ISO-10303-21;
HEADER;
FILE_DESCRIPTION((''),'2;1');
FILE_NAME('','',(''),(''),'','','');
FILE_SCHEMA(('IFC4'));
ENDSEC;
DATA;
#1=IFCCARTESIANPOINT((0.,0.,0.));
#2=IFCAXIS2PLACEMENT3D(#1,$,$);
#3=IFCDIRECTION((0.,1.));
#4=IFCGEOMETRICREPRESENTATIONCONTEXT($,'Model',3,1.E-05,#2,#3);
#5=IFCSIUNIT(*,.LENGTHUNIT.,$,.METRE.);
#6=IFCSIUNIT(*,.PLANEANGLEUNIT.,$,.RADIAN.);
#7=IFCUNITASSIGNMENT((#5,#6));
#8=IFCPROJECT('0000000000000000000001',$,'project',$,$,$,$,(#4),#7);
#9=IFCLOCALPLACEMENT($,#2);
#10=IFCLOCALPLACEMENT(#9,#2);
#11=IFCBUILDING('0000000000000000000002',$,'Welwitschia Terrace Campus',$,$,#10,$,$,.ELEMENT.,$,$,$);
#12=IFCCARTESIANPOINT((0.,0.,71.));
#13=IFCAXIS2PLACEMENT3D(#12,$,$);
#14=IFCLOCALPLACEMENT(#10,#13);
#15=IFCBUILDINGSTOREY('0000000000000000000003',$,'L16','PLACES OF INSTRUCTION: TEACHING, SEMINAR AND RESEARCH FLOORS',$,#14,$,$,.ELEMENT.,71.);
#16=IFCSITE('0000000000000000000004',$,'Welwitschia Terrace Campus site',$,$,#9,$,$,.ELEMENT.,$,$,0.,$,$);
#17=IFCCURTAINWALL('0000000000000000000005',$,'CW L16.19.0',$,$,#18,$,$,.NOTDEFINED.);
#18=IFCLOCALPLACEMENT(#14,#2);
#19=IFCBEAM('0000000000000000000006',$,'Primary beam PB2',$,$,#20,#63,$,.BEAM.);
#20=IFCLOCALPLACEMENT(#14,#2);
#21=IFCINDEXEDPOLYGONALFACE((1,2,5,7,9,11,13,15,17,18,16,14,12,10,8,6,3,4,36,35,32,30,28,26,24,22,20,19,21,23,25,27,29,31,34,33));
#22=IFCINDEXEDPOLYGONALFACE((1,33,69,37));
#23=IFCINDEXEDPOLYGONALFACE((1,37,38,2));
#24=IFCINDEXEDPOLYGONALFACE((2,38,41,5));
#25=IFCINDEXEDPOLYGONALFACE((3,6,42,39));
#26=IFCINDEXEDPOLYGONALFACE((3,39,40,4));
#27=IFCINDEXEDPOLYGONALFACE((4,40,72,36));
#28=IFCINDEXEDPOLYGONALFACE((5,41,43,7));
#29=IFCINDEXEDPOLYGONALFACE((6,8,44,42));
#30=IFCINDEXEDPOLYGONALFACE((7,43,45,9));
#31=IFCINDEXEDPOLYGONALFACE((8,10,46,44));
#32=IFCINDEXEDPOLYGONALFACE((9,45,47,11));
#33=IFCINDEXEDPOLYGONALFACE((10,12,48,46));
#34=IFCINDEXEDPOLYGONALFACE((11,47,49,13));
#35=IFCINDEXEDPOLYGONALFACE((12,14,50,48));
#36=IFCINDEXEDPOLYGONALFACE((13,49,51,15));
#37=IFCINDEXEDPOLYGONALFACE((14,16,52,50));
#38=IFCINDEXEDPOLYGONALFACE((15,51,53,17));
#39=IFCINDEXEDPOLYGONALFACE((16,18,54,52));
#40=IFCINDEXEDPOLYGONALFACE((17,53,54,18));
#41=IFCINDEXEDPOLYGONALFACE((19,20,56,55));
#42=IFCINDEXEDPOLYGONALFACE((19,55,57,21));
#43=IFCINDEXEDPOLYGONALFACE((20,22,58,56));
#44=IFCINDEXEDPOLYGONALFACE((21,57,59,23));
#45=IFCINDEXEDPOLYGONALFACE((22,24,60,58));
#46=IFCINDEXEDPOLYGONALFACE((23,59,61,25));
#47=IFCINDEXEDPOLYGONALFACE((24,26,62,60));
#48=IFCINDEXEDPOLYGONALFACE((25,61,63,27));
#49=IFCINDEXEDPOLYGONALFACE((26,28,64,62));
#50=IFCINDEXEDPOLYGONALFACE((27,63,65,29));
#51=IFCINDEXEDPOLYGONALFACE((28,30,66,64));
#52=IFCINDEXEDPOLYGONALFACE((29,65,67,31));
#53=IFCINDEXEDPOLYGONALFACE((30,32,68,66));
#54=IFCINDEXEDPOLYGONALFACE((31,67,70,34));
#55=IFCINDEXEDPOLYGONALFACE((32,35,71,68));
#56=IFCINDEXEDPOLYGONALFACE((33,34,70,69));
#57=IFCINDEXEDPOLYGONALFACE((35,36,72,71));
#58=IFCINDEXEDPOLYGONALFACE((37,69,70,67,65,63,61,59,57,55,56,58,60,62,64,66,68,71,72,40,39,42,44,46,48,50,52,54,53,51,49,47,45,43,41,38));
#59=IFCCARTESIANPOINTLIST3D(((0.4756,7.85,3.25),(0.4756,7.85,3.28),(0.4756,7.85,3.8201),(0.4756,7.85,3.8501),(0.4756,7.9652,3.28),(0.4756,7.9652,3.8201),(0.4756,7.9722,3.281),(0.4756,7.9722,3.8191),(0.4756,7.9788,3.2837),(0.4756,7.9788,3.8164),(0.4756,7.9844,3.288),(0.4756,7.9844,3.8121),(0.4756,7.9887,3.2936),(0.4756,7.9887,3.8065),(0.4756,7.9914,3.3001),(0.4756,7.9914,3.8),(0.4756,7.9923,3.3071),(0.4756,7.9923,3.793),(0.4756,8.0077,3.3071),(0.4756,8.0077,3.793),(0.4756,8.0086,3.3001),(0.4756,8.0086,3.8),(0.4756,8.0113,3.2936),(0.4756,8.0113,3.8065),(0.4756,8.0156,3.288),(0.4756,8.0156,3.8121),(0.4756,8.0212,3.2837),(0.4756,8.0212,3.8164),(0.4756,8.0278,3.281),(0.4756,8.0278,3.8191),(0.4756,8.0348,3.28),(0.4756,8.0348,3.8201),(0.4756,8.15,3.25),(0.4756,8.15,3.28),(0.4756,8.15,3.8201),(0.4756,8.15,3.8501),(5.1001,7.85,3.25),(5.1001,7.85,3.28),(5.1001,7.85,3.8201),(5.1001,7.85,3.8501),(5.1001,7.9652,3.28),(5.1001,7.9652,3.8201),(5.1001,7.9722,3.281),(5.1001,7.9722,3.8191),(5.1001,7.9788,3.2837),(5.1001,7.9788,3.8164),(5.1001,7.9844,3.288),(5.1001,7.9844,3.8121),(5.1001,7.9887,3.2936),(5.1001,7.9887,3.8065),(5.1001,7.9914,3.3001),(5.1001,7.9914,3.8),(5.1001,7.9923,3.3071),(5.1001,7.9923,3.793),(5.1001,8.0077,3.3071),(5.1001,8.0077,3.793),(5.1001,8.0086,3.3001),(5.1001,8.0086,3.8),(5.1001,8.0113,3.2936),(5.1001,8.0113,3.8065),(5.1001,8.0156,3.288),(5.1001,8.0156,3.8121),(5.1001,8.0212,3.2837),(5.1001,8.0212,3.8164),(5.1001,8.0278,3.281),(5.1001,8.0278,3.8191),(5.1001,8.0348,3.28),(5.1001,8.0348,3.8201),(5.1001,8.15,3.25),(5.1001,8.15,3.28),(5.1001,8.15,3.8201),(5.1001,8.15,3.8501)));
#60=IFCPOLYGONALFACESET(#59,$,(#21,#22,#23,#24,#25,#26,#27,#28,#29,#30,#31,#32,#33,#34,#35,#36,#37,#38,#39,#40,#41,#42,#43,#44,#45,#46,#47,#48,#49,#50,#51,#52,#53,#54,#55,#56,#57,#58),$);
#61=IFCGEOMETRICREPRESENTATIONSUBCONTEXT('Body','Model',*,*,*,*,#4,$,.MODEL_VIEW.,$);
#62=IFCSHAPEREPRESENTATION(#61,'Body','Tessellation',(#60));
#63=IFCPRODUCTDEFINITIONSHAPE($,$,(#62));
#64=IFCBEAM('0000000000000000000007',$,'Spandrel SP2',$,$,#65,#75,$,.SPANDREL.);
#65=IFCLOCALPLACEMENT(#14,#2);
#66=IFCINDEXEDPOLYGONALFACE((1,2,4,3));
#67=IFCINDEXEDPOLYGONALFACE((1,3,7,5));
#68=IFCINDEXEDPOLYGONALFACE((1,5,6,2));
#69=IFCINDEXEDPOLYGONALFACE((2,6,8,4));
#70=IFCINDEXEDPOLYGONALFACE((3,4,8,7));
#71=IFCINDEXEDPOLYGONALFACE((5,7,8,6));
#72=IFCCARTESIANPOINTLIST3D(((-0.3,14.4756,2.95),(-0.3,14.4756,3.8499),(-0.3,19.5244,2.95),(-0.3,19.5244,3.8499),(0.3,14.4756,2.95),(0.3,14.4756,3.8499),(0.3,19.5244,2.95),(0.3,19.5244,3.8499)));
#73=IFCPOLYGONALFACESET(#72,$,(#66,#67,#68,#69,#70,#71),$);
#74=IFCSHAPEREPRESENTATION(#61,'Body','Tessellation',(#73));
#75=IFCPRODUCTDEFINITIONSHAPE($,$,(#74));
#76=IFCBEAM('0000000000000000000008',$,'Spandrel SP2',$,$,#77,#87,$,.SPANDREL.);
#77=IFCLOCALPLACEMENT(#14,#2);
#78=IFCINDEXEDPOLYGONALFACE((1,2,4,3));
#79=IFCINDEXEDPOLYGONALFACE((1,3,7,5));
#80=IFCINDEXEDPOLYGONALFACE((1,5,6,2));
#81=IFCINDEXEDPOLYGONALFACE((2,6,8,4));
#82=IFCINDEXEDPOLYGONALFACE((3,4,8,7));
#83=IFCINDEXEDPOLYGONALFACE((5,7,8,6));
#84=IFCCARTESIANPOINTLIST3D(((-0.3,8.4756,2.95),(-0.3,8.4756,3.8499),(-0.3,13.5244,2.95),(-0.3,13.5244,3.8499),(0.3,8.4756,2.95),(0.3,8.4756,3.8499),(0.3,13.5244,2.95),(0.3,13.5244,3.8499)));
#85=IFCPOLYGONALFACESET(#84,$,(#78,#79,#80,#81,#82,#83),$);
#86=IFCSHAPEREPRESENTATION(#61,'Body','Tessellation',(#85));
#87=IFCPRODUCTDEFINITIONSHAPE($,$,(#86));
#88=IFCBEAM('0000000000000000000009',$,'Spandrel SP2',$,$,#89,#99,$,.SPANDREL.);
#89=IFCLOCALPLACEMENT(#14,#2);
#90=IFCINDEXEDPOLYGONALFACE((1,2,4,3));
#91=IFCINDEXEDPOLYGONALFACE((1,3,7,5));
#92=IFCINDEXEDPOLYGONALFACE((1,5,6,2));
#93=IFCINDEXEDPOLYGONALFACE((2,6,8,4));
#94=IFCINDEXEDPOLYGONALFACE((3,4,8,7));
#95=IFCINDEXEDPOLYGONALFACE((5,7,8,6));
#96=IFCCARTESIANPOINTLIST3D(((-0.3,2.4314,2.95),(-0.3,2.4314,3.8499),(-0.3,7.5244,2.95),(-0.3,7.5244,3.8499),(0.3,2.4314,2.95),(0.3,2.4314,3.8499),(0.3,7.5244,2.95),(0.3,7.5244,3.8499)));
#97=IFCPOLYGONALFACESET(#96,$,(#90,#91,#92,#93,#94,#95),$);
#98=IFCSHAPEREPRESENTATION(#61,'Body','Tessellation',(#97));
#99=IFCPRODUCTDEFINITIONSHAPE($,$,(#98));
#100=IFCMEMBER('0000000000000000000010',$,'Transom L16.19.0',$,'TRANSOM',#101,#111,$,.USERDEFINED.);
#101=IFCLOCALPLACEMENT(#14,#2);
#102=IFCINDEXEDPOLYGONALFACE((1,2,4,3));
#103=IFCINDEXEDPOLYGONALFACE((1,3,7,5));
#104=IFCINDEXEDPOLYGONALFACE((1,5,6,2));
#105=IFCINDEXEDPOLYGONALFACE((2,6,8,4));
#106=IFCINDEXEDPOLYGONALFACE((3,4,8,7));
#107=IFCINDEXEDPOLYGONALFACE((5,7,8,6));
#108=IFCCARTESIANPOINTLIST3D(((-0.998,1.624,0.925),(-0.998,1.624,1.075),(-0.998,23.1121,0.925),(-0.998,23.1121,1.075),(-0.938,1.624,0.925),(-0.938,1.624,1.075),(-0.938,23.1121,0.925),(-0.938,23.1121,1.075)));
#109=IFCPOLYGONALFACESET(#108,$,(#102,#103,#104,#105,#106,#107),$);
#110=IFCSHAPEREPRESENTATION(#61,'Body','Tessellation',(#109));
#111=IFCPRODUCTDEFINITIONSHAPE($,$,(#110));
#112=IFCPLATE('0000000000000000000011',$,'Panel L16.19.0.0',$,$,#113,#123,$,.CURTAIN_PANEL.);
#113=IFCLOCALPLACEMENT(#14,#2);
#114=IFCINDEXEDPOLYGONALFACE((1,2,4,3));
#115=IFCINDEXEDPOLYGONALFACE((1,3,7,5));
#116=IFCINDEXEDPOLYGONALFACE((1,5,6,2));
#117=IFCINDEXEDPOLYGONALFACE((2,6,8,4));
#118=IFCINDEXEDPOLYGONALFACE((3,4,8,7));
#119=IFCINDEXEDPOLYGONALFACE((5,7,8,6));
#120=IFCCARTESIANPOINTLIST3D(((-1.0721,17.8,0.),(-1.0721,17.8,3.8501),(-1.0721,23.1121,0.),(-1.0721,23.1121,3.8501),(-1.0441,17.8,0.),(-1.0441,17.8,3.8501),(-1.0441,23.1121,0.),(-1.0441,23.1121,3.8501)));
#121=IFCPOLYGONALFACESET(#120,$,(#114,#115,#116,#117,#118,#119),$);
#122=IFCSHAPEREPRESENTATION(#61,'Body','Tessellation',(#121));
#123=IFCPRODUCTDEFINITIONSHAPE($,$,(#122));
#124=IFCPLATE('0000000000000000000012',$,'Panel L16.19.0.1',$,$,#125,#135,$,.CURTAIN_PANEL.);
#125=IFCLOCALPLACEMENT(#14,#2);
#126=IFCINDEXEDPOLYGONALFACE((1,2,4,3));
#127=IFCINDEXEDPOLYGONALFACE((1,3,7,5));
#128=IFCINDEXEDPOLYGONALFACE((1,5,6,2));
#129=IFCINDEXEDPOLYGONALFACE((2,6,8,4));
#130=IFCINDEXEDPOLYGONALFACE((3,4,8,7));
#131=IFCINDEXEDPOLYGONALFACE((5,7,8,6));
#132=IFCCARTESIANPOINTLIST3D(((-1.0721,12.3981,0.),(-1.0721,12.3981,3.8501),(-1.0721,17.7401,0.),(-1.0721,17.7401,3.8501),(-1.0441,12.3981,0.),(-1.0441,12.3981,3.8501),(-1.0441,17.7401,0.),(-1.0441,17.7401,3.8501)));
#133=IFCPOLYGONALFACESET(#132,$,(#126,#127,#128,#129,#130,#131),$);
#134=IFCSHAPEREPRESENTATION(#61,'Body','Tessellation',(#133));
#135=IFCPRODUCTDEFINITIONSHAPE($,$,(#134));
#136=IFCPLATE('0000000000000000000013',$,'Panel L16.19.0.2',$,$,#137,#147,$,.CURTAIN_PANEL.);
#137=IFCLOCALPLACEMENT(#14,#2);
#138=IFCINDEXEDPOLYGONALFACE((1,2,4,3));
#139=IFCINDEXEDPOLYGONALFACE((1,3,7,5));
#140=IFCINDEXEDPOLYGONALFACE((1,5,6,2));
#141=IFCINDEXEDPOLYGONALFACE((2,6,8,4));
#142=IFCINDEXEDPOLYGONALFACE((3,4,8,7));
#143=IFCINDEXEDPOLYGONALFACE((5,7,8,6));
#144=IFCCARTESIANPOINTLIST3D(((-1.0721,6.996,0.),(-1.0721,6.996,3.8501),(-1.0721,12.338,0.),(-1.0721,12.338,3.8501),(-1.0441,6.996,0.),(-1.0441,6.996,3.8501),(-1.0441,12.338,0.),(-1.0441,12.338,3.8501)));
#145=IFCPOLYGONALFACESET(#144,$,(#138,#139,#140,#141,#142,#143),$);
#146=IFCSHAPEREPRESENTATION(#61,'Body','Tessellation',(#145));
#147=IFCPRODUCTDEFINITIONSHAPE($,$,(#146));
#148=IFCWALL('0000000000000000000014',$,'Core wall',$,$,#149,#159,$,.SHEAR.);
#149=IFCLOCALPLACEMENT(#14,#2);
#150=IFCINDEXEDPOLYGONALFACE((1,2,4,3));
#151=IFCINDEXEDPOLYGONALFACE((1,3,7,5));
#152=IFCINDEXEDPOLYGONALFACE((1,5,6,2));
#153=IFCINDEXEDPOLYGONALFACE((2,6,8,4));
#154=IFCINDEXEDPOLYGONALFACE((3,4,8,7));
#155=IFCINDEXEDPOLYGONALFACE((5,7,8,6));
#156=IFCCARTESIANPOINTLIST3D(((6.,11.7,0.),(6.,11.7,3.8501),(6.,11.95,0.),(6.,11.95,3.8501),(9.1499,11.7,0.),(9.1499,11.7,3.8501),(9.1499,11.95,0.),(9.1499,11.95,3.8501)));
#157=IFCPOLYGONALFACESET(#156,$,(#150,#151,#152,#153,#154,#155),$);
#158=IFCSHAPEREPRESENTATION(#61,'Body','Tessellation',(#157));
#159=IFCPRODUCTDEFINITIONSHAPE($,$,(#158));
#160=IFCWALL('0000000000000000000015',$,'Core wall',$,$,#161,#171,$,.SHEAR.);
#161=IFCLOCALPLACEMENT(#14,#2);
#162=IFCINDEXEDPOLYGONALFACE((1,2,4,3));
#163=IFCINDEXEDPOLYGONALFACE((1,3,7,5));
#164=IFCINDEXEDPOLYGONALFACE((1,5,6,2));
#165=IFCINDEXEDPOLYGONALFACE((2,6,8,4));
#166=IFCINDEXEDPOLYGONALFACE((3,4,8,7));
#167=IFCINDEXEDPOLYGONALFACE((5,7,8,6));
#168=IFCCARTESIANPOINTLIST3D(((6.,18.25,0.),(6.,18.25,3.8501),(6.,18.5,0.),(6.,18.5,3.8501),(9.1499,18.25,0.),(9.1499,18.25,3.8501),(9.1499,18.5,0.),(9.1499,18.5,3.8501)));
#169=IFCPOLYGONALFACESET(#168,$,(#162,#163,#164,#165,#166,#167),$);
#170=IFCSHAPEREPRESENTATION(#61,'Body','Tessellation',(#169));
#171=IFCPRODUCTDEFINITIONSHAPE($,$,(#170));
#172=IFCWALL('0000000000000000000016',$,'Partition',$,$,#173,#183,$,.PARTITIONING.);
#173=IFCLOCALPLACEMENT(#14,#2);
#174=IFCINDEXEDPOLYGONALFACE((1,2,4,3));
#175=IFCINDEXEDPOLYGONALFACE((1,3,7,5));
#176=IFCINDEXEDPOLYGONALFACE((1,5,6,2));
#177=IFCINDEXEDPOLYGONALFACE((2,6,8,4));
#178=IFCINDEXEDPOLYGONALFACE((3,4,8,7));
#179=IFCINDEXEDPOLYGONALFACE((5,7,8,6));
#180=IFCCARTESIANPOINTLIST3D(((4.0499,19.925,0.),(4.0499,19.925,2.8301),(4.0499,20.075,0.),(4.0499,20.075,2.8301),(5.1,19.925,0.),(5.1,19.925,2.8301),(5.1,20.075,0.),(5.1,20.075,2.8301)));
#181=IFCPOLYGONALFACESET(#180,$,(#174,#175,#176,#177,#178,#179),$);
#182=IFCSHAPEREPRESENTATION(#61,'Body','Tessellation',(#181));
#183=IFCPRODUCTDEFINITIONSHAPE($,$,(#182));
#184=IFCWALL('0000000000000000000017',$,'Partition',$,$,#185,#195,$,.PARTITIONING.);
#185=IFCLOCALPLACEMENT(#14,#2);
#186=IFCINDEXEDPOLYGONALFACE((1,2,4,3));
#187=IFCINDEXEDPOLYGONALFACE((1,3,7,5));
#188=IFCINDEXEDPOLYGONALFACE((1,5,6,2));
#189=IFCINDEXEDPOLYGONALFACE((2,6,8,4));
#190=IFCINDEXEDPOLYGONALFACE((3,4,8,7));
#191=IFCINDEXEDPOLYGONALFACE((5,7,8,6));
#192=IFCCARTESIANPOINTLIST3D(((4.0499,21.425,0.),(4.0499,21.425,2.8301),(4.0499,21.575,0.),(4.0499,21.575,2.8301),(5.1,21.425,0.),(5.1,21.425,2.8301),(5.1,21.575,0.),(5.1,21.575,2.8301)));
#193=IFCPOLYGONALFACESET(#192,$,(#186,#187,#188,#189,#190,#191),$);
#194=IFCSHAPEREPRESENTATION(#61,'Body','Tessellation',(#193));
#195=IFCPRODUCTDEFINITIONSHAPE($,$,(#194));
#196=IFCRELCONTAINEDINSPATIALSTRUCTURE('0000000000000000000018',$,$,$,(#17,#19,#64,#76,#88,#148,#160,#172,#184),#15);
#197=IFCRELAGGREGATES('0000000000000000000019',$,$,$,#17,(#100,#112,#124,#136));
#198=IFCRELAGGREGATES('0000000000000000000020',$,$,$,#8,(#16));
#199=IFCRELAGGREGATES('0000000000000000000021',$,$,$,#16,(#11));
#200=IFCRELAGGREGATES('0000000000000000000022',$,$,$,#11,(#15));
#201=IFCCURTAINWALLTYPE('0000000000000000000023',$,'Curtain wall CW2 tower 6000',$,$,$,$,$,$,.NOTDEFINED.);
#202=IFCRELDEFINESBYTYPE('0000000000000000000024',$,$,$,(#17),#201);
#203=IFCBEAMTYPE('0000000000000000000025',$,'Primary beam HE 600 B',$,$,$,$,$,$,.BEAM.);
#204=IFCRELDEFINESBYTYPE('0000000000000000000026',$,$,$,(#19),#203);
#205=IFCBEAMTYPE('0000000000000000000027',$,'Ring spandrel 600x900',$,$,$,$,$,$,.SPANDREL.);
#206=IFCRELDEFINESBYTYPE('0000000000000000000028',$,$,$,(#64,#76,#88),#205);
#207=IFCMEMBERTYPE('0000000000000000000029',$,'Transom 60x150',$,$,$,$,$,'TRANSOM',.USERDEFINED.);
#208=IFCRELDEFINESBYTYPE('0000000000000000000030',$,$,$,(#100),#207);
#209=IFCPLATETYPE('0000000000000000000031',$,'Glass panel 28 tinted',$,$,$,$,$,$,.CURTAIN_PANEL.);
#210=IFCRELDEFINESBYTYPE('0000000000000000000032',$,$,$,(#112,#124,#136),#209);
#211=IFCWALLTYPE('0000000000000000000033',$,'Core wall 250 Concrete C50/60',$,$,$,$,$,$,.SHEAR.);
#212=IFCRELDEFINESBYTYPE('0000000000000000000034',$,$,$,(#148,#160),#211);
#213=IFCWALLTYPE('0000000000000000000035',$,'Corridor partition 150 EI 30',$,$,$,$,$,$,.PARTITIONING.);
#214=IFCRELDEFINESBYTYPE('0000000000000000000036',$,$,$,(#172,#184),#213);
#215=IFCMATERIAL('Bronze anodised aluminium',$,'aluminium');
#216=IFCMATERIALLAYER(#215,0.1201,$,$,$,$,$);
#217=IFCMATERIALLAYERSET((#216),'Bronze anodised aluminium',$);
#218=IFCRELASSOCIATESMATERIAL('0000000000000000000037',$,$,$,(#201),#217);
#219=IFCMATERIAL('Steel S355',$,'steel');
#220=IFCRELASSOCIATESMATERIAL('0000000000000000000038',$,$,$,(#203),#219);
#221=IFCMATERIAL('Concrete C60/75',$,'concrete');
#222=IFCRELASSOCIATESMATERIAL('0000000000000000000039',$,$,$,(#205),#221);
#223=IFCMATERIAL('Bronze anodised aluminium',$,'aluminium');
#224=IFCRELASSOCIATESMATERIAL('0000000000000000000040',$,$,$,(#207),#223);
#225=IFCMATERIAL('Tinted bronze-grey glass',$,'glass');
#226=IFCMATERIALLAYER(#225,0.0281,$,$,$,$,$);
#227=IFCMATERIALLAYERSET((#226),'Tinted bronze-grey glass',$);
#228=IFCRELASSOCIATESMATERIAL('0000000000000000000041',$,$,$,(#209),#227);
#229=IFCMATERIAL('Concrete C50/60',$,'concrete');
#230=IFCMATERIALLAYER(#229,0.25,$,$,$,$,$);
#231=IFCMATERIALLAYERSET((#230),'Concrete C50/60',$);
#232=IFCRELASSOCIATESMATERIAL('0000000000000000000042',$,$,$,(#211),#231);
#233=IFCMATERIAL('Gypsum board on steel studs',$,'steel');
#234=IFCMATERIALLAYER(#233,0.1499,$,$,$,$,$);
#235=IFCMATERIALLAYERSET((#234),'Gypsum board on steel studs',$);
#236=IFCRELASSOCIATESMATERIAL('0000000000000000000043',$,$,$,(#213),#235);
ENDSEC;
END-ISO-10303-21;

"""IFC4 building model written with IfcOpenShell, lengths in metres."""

from ifc_helpers import new_model, si_unit, direction, frame, frame_2d, origin, origin_2d, place, context, subcontext, project, spatial, rectangle, i_section, extrude, material, layer, layer_set, material_profile, profile_set, type_object, element, aggregate, save


model = new_model("IFC4")

# Units and contexts
model_context = context("Model", 3, precision=1e-05, world=origin(), true_north=direction((0.0, 1.0)))
body_context = subcontext(model_context, "Body", "Model", "MODEL_VIEW")
ifc_project = project(units=[si_unit("LENGTHUNIT", "METRE"), si_unit("PLANEANGLEUNIT", "RADIAN")], contexts=[model_context])

# Site, building, storey
site_placement = place(None, origin())
site = spatial("IfcSite", under=ifc_project, at=site_placement, Name="Welwitschia Terrace Campus site", CompositionType="ELEMENT", RefElevation=0.0)
building_placement = place(site_placement, origin())
building = spatial("IfcBuilding", under=site, at=building_placement, Name="Welwitschia Terrace Campus", CompositionType="ELEMENT")
storey_placement = place(building_placement, frame((0.0, 0.0, 71.0)))
storey = spatial("IfcBuildingStorey", under=building, at=storey_placement, Name="L16", Description="PLACES OF INSTRUCTION: TEACHING, SEMINAR AND RESEARCH FLOORS", CompositionType="ELEMENT", Elevation=71.0)

# Curtain wall
ifc_material_1 = material(Name="Bronze anodised aluminium", Category="aluminium")
ifc_layer_1 = layer(ifc_material_1, 0.1201)
ifc_layer_set_1 = layer_set([ifc_layer_1], Name="Bronze anodised aluminium")
curtain_wall_type = type_object("IfcCurtainWallType", Name="Curtain wall CW2 tower 6000", PredefinedType="NOTDEFINED", material=ifc_layer_set_1)
curtain_wall_placement = place(storey_placement, origin())
curtain_wall = element("IfcCurtainWall", 1, at=curtain_wall_placement, inside=storey, type_object=curtain_wall_type, Name="CW L16.19.0", PredefinedType="NOTDEFINED")

# Beams
ifc_material_2 = material(Name="Steel S355", Category="steel")
ifc_material_profile_1 = material_profile(ifc_material_2, i_section(OverallWidth=0.3, OverallDepth=0.6001, WebThickness=0.0154, FlangeThickness=0.03, FilletRadius=0.0271, at=origin_2d()))
ifc_profile_set_1 = profile_set([ifc_material_profile_1], Name="Steel S355")
beam_type_1 = type_object("IfcBeamType", Name="Primary beam HE 600 B", PredefinedType="BEAM", material=ifc_profile_set_1)
for number, where, z_axis, x_axis, name in (
    (2, (0.4756, 8.0, 3.55), (1.0, 0.0, 0.0), (0.0, 1.0, 0.0), "Primary beam PB2"),
):
    element("IfcBeam", number, at=place(storey_placement, frame(where, z_axis=z_axis, x_axis=x_axis)), inside=storey, type_object=beam_type_1, Name=name, PredefinedType="BEAM", context=body_context, shape_type="SweptSolid", body=[
        extrude(i_section(OverallWidth=0.3, OverallDepth=0.6001, WebThickness=0.0154, FlangeThickness=0.03, FilletRadius=0.0271, at=origin_2d()), origin(), (0.0, 0.0, 1.0), 4.6245),
    ])
ifc_material_3 = material(Name="Concrete C60/75", Category="concrete")
ifc_material_profile_2 = material_profile(ifc_material_3, rectangle(XDim=0.6001, YDim=0.8999, at=origin_2d()))
ifc_profile_set_2 = profile_set([ifc_material_profile_2], Name="Concrete C60/75")
beam_type_2 = type_object("IfcBeamType", Name="Ring spandrel 600x900", PredefinedType="SPANDREL", material=ifc_profile_set_2)
for number, where, z_axis, x_axis, name in (
    (3, (0.0, 19.5244, 3.3999), (0.0, -1.0, 0.0), (1.0, 0.0, 0.0), "Spandrel SP2"),
    (4, (0.0, 13.5244, 3.3999), (0.0, -1.0, 0.0), (1.0, 0.0, 0.0), "Spandrel SP2"),
):
    element("IfcBeam", number, at=place(storey_placement, frame(where, z_axis=z_axis, x_axis=x_axis)), inside=storey, type_object=beam_type_2, Name=name, PredefinedType="SPANDREL", context=body_context, shape_type="SweptSolid", body=[
        extrude(rectangle(XDim=0.6001, YDim=0.8999, at=origin_2d()), origin(), (0.0, 0.0, 1.0), 5.0488),
    ])
beam_1_placement = place(storey_placement, frame((0.0, 7.5244, 3.3999), z_axis=(0.0, -1.0, 0.0), x_axis=(1.0, 0.0, 0.0)))
element("IfcBeam", 5, at=beam_1_placement, inside=storey, type_object=beam_type_2, Name="Spandrel SP2", PredefinedType="SPANDREL", context=body_context, shape_type="SweptSolid", body=[
    extrude(rectangle(XDim=0.6001, YDim=0.8999, at=origin_2d()), origin(), (0.0, 0.0, 1.0), 5.093),
])

# Member
ifc_material_4 = material(Name="Bronze anodised aluminium", Category="aluminium")
ifc_material_profile_3 = material_profile(ifc_material_4, rectangle(XDim=0.0601, YDim=0.1499, at=origin_2d()))
ifc_profile_set_3 = profile_set([ifc_material_profile_3], Name="Bronze anodised aluminium")
member_type_1 = type_object("IfcMemberType", Name="Transom 60x150", ElementType="TRANSOM", PredefinedType="USERDEFINED", material=ifc_profile_set_3)
member_1_placement = place(storey_placement, frame((-0.968, 23.1121, 1.0), z_axis=(0.0, -1.0, 0.0), x_axis=(1.0, 0.0, 0.0)))
member_1 = element("IfcMember", 6, at=member_1_placement, type_object=member_type_1, Name="Transom L16.19.0", ObjectType="TRANSOM", PredefinedType="USERDEFINED", context=body_context, shape_type="SweptSolid", body=[
    extrude(rectangle(XDim=0.0601, YDim=0.1499, at=origin_2d()), origin(), (0.0, 0.0, 1.0), 21.488),
])

# Plates
ifc_material_5 = material(Name="Tinted bronze-grey glass", Category="glass")
ifc_layer_2 = layer(ifc_material_5, 0.0281)
ifc_layer_set_2 = layer_set([ifc_layer_2], Name="Tinted bronze-grey glass")
plate_type = type_object("IfcPlateType", Name="Glass panel 28 tinted", PredefinedType="CURTAIN_PANEL", material=ifc_layer_set_2)
plate_1_placement = place(storey_placement, frame((-1.0581, 20.4561, 0.0), z_axis=(0.0, 0.0, 1.0), x_axis=(0.0, -1.0, 0.0)))
plate_1 = element("IfcPlate", 7, at=plate_1_placement, type_object=plate_type, Name="Panel L16.19.0.0", PredefinedType="CURTAIN_PANEL", context=body_context, shape_type="SweptSolid", body=[
    extrude(rectangle(XDim=5.312, YDim=0.0281, at=origin_2d()), origin(), (0.0, 0.0, 1.0), 3.8501),
])
plate_2_placement = place(storey_placement, frame((-1.0581, 15.0691, 0.0), z_axis=(0.0, 0.0, 1.0), x_axis=(0.0, -1.0, 0.0)))
plate_2 = element("IfcPlate", 8, at=plate_2_placement, type_object=plate_type, Name="Panel L16.19.0.1", PredefinedType="CURTAIN_PANEL", context=body_context, shape_type="SweptSolid", body=[
    extrude(rectangle(XDim=5.342, YDim=0.0281, at=origin_2d()), origin(), (0.0, 0.0, 1.0), 3.8501),
])
plate_3_placement = place(storey_placement, frame((-1.0581, 9.667, 0.0), z_axis=(0.0, 0.0, 1.0), x_axis=(0.0, -1.0, 0.0)))
plate_3 = element("IfcPlate", 9, at=plate_3_placement, type_object=plate_type, Name="Panel L16.19.0.2", PredefinedType="CURTAIN_PANEL", context=body_context, shape_type="SweptSolid", body=[
    extrude(rectangle(XDim=5.342, YDim=0.0281, at=origin_2d()), origin(), (0.0, 0.0, 1.0), 3.8501),
])
aggregate(curtain_wall, [member_1, plate_1, plate_2, plate_3])

# Walls
ifc_material_6 = material(Name="Concrete C50/60", Category="concrete")
ifc_layer_3 = layer(ifc_material_6, 0.25)
ifc_layer_set_3 = layer_set([ifc_layer_3], Name="Concrete C50/60")
wall_type_1 = type_object("IfcWallType", Name="Core wall 250 Concrete C50/60", PredefinedType="SHEAR", material=ifc_layer_set_3)
for number, where, z_axis, x_axis, name in (
    (10, (6.0, 11.825, 0.0), (0.0, 0.0, 1.0), (1.0, 0.0, 0.0), "Core wall"),
    (11, (6.0, 18.375, 0.0), (0.0, 0.0, 1.0), (1.0, 0.0, 0.0), "Core wall"),
):
    element("IfcWall", number, at=place(storey_placement, frame(where, z_axis=z_axis, x_axis=x_axis)), inside=storey, type_object=wall_type_1, Name=name, PredefinedType="SHEAR", context=body_context, shape_type="SweptSolid", body=[
        extrude(rectangle(XDim=3.1499, YDim=0.25, at=frame_2d((1.575, 0.0))), origin(), (0.0, 0.0, 1.0), 3.8501),
    ])
ifc_material_7 = material(Name="Gypsum board on steel studs", Category="steel")
ifc_layer_4 = layer(ifc_material_7, 0.1499)
ifc_layer_set_4 = layer_set([ifc_layer_4], Name="Gypsum board on steel studs")
wall_type_2 = type_object("IfcWallType", Name="Corridor partition 150 EI 30", PredefinedType="PARTITIONING", material=ifc_layer_set_4)
for number, where, z_axis, x_axis, name in (
    (12, (4.05, 20.0, 0.0), (0.0, 0.0, 1.0), (1.0, 0.0, 0.0), "Partition"),
    (13, (4.05, 21.5, 0.0), (0.0, 0.0, 1.0), (1.0, 0.0, 0.0), "Partition"),
):
    element("IfcWall", number, at=place(storey_placement, frame(where, z_axis=z_axis, x_axis=x_axis)), inside=storey, type_object=wall_type_2, Name=name, PredefinedType="PARTITIONING", context=body_context, shape_type="SweptSolid", body=[
        extrude(rectangle(XDim=1.05, YDim=0.1499, at=frame_2d((0.5249, 0.0))), origin(), (0.0, 0.0, 1.0), 2.8301),
    ])

save(model, "model.ifc")
